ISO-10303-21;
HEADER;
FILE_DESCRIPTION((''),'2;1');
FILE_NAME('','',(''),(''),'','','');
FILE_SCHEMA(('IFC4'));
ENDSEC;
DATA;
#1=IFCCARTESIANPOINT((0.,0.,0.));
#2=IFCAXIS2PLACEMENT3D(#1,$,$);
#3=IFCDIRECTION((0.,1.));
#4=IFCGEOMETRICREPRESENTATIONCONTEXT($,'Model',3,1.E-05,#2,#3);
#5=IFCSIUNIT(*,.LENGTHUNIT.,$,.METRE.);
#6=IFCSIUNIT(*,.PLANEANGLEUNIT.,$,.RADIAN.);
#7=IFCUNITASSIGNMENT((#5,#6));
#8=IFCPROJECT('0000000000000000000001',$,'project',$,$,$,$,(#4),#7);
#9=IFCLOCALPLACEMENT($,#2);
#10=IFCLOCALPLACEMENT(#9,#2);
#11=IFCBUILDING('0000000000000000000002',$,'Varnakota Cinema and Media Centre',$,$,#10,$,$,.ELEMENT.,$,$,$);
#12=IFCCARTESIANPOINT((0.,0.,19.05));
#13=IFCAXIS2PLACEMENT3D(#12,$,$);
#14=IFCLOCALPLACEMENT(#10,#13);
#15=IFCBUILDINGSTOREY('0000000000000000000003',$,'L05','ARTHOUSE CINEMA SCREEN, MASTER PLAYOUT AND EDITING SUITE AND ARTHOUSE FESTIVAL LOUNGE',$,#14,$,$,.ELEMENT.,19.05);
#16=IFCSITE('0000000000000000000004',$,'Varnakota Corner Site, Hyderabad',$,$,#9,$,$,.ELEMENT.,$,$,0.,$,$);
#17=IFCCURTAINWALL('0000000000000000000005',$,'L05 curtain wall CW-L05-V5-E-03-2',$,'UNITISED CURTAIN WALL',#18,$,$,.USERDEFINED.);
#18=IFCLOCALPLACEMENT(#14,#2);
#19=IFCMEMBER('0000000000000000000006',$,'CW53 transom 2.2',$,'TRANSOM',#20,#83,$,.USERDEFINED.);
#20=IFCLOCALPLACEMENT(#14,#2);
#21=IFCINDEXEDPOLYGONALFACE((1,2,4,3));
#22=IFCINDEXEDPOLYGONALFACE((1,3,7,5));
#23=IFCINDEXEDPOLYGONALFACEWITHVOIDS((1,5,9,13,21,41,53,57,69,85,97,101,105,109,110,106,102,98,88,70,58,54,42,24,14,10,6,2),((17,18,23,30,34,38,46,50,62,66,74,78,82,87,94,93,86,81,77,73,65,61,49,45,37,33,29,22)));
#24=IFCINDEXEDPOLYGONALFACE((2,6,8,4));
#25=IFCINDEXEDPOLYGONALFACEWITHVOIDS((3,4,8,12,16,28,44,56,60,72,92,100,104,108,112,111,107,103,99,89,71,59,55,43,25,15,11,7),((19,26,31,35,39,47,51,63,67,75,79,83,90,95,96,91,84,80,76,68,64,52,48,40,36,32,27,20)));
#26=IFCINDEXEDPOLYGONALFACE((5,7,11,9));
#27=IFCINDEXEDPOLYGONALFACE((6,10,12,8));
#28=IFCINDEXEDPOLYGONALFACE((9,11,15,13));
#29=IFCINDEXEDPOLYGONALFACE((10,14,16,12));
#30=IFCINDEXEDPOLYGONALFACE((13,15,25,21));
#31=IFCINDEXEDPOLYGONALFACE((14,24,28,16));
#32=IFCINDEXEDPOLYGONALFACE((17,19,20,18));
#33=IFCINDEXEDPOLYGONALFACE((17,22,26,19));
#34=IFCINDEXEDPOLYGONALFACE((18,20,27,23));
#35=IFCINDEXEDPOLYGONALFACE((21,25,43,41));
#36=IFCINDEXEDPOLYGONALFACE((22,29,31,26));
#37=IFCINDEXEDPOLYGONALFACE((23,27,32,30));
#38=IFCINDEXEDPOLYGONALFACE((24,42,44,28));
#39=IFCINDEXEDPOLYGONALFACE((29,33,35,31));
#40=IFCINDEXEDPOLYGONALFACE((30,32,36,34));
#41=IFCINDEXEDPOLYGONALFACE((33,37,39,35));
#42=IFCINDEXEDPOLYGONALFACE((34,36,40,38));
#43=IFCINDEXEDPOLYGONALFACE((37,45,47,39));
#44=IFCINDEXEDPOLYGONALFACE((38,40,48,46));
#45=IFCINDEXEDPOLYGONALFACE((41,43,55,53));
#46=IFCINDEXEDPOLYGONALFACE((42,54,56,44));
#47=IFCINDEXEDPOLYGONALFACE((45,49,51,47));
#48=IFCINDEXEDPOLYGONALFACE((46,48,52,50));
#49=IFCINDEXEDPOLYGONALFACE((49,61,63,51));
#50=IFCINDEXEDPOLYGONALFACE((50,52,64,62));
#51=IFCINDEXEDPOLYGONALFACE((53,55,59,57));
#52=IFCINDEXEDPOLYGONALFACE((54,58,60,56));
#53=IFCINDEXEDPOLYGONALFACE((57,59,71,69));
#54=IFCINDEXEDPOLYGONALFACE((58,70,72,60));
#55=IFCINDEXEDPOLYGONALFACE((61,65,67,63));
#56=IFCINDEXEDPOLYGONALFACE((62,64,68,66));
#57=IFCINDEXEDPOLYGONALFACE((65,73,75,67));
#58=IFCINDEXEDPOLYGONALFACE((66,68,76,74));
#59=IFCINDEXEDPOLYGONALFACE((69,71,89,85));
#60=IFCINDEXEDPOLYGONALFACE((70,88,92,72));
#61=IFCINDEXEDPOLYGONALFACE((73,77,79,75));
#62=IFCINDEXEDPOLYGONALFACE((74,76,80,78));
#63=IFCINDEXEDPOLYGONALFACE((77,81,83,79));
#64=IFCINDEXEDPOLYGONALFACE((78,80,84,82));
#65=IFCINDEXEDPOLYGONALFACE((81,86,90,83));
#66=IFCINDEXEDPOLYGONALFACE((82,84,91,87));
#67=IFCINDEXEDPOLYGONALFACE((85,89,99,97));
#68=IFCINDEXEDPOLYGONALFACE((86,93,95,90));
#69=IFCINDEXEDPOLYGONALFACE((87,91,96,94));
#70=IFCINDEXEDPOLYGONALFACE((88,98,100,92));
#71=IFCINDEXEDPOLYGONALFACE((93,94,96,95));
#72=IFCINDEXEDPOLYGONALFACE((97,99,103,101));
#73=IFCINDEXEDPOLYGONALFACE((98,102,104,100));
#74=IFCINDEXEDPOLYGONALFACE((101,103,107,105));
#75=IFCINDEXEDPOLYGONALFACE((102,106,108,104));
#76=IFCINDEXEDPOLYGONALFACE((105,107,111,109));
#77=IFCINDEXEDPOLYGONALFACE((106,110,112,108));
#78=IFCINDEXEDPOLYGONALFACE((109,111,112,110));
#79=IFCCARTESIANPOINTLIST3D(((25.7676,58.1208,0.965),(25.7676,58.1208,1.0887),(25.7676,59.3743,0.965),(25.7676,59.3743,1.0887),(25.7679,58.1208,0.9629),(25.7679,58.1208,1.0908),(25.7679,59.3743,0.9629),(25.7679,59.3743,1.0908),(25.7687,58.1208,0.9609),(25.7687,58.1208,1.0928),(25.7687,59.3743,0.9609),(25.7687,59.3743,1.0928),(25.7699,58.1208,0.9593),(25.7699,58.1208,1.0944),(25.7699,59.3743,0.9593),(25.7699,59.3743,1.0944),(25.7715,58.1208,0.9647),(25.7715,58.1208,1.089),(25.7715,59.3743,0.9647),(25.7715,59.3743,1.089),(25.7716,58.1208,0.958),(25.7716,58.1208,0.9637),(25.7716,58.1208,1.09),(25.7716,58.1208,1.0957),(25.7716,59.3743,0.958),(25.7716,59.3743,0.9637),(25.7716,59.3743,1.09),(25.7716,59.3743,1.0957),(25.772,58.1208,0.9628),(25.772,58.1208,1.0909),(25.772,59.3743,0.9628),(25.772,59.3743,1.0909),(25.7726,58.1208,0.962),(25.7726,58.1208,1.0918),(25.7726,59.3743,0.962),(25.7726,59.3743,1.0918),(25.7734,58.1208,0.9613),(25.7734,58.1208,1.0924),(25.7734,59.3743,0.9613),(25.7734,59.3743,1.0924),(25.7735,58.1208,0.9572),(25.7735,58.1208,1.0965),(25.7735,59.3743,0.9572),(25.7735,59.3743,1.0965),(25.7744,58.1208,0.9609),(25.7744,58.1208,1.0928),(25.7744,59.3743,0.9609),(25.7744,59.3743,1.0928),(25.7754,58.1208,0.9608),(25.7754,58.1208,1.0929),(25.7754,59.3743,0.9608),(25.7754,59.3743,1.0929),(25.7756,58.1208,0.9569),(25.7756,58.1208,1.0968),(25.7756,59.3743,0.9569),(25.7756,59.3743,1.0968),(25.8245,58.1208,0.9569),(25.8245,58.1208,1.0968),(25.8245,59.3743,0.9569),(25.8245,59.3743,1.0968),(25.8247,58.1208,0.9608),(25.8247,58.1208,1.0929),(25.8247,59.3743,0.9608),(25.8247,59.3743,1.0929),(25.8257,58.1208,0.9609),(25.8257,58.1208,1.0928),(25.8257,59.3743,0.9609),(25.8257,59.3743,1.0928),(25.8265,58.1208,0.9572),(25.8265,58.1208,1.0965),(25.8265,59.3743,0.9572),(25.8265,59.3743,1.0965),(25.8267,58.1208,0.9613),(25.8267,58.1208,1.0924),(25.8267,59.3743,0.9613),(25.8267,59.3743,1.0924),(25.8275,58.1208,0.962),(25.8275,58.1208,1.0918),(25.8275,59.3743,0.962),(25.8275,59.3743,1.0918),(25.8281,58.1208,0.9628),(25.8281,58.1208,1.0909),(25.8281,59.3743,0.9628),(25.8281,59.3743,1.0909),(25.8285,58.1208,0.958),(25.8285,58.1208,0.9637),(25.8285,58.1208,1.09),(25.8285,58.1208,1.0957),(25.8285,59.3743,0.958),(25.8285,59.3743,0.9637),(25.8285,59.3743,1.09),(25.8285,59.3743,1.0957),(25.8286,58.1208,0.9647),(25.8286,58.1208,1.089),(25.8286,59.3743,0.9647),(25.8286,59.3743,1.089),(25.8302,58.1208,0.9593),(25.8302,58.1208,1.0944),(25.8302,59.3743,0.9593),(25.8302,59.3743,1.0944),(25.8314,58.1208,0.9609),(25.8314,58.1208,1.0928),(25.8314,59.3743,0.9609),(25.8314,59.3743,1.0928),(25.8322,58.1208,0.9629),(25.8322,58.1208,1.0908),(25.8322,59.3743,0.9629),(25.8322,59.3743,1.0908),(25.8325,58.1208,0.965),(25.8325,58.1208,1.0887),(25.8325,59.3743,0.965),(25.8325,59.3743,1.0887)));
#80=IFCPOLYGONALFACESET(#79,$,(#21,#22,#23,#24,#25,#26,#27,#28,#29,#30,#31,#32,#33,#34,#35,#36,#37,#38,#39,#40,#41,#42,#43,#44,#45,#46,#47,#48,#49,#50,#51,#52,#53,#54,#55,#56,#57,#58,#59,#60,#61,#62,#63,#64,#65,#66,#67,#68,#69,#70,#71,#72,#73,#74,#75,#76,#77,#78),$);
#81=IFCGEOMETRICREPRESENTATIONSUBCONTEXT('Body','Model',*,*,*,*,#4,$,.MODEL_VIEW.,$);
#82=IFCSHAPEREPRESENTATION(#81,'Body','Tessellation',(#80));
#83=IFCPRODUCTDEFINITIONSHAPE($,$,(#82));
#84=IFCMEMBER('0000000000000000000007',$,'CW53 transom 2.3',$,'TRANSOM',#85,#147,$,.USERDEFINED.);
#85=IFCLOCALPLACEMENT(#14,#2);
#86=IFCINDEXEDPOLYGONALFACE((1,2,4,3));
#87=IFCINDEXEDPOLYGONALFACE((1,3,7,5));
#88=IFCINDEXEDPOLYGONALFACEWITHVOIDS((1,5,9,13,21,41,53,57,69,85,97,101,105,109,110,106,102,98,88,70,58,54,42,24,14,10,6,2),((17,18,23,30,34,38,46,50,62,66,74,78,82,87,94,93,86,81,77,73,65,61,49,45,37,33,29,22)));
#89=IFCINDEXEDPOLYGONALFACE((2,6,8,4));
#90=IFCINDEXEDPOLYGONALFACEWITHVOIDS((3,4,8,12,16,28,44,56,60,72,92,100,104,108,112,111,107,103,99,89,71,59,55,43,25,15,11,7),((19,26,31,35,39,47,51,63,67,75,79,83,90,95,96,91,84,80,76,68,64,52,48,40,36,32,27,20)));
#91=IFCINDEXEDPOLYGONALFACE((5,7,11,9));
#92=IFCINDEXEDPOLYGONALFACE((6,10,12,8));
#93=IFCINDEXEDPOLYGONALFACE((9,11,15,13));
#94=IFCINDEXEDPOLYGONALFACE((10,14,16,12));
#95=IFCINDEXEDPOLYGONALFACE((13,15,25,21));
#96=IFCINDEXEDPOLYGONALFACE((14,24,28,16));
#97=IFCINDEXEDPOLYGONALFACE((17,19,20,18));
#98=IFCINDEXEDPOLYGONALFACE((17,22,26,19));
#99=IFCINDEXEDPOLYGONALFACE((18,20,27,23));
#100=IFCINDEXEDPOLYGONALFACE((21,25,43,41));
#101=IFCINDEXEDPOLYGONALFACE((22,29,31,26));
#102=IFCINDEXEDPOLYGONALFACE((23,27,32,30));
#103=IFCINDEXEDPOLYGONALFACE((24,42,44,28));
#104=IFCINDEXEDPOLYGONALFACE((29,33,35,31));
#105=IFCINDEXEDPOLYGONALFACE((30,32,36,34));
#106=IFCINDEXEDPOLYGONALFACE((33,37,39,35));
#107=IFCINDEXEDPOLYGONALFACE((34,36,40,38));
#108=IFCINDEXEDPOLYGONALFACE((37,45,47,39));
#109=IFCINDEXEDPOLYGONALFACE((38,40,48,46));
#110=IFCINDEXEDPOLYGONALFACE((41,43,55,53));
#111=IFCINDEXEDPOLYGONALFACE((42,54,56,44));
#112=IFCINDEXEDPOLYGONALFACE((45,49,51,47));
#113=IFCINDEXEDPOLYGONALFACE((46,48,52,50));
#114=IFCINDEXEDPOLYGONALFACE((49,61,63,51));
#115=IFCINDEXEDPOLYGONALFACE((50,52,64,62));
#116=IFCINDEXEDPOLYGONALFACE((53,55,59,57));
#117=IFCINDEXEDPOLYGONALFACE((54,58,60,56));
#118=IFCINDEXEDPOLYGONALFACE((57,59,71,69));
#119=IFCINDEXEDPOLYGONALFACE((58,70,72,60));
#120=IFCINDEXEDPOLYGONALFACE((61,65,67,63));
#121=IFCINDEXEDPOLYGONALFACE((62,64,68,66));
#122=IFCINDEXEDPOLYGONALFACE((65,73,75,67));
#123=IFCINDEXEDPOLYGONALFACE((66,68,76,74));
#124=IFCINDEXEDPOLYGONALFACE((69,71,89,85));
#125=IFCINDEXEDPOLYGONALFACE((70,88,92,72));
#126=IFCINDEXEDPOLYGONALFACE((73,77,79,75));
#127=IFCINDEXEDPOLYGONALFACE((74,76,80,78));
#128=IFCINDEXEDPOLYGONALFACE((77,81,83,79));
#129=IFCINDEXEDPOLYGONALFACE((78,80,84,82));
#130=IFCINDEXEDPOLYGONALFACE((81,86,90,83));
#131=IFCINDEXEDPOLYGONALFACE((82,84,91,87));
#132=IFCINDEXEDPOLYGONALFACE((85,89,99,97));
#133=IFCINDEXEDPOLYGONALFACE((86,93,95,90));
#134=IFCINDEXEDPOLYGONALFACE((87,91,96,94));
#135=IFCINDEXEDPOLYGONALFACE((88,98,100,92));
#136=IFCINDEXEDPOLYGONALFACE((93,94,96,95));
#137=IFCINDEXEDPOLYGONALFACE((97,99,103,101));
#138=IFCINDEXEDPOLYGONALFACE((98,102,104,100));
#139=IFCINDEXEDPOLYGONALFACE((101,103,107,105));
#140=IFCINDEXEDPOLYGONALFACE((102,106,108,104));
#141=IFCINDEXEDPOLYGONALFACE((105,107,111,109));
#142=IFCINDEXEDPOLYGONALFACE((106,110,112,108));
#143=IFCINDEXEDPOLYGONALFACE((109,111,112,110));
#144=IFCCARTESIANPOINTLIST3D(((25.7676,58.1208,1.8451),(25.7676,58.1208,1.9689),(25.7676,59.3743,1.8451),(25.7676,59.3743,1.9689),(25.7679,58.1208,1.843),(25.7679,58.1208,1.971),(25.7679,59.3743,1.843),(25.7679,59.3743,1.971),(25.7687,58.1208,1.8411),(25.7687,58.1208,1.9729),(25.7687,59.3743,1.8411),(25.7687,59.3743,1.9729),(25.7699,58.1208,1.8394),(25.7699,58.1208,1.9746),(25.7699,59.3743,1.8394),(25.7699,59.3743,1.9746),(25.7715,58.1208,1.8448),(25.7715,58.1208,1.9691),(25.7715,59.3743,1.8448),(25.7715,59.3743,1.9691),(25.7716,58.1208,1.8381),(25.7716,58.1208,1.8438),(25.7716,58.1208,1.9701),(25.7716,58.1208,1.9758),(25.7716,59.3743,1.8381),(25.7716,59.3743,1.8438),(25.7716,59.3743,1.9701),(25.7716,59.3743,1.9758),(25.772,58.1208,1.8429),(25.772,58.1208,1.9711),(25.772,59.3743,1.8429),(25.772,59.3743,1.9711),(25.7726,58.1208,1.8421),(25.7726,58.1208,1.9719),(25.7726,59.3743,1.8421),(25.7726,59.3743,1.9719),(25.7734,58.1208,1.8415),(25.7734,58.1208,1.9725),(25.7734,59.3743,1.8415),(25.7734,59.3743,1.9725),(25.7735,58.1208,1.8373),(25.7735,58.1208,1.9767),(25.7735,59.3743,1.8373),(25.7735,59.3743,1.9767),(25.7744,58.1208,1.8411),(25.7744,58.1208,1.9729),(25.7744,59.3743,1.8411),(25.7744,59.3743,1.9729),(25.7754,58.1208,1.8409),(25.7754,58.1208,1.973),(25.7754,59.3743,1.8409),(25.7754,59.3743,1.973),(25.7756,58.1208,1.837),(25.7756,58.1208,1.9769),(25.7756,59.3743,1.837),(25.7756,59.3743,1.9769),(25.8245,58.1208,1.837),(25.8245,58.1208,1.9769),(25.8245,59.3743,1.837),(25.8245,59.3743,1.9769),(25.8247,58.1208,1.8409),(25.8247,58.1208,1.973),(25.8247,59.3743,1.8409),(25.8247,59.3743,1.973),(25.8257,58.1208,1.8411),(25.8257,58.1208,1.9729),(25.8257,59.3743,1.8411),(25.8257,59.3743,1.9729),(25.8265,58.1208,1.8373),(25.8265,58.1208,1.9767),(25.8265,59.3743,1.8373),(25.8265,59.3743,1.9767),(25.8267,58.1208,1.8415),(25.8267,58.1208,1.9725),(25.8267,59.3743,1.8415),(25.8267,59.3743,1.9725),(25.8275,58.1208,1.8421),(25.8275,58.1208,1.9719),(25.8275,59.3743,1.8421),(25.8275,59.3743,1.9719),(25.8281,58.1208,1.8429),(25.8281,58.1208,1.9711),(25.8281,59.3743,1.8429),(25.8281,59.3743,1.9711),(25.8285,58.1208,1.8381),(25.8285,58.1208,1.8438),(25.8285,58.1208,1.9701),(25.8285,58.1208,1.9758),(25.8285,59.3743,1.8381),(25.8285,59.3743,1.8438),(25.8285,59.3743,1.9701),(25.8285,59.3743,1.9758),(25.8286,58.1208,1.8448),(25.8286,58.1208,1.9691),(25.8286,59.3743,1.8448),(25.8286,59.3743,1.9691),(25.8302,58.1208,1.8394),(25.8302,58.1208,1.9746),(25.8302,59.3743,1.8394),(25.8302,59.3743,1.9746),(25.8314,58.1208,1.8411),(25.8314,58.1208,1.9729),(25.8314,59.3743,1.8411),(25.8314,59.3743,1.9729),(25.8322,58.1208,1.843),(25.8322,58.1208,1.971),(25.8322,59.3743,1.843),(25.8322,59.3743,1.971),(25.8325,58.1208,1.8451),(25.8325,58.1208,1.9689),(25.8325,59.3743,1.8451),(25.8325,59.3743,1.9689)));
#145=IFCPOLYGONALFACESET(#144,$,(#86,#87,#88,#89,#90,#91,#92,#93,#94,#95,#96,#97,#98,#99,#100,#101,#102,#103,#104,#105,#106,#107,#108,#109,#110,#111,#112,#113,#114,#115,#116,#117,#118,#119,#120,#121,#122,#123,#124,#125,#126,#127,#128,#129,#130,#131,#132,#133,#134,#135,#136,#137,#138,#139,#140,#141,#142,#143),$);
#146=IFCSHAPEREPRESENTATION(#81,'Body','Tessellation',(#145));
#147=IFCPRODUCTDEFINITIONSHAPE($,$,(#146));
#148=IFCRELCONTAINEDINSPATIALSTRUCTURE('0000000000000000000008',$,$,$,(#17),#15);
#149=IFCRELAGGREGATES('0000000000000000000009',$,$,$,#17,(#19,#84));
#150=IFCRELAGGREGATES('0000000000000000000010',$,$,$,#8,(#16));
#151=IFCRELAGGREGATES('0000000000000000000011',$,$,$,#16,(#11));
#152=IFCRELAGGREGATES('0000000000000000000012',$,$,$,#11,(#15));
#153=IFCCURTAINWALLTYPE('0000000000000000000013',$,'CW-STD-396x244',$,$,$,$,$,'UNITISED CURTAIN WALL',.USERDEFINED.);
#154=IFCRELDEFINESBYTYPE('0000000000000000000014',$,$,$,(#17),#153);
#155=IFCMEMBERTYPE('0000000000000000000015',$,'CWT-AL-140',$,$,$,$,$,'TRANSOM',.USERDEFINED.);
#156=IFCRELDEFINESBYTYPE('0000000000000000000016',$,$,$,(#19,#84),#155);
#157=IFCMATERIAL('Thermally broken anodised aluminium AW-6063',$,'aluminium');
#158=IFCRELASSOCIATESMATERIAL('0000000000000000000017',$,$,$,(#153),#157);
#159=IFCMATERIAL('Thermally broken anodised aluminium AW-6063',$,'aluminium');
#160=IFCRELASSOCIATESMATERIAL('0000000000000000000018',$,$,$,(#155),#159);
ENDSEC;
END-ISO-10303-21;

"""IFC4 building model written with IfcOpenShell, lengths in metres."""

from ifc_helpers import new_model, si_unit, direction, frame, origin, origin_2d, place, context, subcontext, project, spatial, hollow_rectangle, extrude, material, material_profile, profile_set, type_object, element, aggregate, save


model = new_model("IFC4")

# Units and contexts
model_context = context("Model", 3, precision=1e-05, world=origin(), true_north=direction((0.0, 1.0)))
body_context = subcontext(model_context, "Body", "Model", "MODEL_VIEW")
ifc_project = project(units=[si_unit("LENGTHUNIT", "METRE"), si_unit("PLANEANGLEUNIT", "RADIAN")], contexts=[model_context])

# Site, building, storey
site_placement = place(None, origin())
site = spatial("IfcSite", under=ifc_project, at=site_placement, Name="Varnakota Corner Site, Hyderabad", CompositionType="ELEMENT", RefElevation=0.0)
building_placement = place(site_placement, origin())
building = spatial("IfcBuilding", under=site, at=building_placement, Name="Varnakota Cinema and Media Centre", CompositionType="ELEMENT")
storey_placement = place(building_placement, frame((0.0, 0.0, 19.05)))
storey = spatial("IfcBuildingStorey", under=building, at=storey_placement, Name="L05", Description="ARTHOUSE CINEMA SCREEN, MASTER PLAYOUT AND EDITING SUITE AND ARTHOUSE FESTIVAL LOUNGE", CompositionType="ELEMENT", Elevation=19.05)

# Curtain wall, members
ifc_material_1 = material(Name="Thermally broken anodised aluminium AW-6063", Category="aluminium")
curtain_wall_type = type_object("IfcCurtainWallType", Name="CW-STD-396x244", ElementType="UNITISED CURTAIN WALL", PredefinedType="USERDEFINED", material=ifc_material_1)
curtain_wall_placement = place(storey_placement, origin())
curtain_wall = element("IfcCurtainWall", 1, at=curtain_wall_placement, inside=storey, type_object=curtain_wall_type, Name="L05 curtain wall CW-L05-V5-E-03-2", ObjectType="UNITISED CURTAIN WALL", PredefinedType="USERDEFINED")
ifc_material_2 = material(Name="Thermally broken anodised aluminium AW-6063", Category="aluminium")
ifc_material_profile_1 = material_profile(ifc_material_2, hollow_rectangle(XDim=0.0649, YDim=0.1399, WallThickness=0.0039, InnerFilletRadius=0.0039, OuterFilletRadius=0.0081, at=origin_2d()), Name="AL-TRANSOM 140x65x4")
ifc_profile_set_1 = profile_set([ifc_material_profile_1], Name="Thermally broken anodised aluminium AW-6063")
member_type_1 = type_object("IfcMemberType", Name="CWT-AL-140", ElementType="TRANSOM", PredefinedType="USERDEFINED", material=ifc_profile_set_1)
member_1_placement = place(storey_placement, frame((25.8, 58.1208, 1.0269), z_axis=(0.0, 1.0, 0.0), x_axis=(-1.0, 0.0, 0.0)))
member_1 = element("IfcMember", 2, at=member_1_placement, type_object=member_type_1, Name="CW53 transom 2.2", ObjectType="TRANSOM", PredefinedType="USERDEFINED", context=body_context, shape_type="SweptSolid", body=[
    extrude(hollow_rectangle(XDim=0.0649, YDim=0.1399, WallThickness=0.0039, InnerFilletRadius=0.0039, OuterFilletRadius=0.0081, at=origin_2d()), origin(), (0.0, 0.0, 1.0), 1.2534),
])
member_2_placement = place(storey_placement, frame((25.8, 58.1208, 1.907), z_axis=(0.0, 1.0, 0.0), x_axis=(-1.0, 0.0, 0.0)))
member_2 = element("IfcMember", 3, at=member_2_placement, type_object=member_type_1, Name="CW53 transom 2.3", ObjectType="TRANSOM", PredefinedType="USERDEFINED", context=body_context, shape_type="SweptSolid", body=[
    extrude(hollow_rectangle(XDim=0.0649, YDim=0.1399, WallThickness=0.0039, InnerFilletRadius=0.0039, OuterFilletRadius=0.0081, at=origin_2d()), origin(), (0.0, 0.0, 1.0), 1.2534),
])
aggregate(curtain_wall, [member_1, member_2])

save(model, "model.ifc")
